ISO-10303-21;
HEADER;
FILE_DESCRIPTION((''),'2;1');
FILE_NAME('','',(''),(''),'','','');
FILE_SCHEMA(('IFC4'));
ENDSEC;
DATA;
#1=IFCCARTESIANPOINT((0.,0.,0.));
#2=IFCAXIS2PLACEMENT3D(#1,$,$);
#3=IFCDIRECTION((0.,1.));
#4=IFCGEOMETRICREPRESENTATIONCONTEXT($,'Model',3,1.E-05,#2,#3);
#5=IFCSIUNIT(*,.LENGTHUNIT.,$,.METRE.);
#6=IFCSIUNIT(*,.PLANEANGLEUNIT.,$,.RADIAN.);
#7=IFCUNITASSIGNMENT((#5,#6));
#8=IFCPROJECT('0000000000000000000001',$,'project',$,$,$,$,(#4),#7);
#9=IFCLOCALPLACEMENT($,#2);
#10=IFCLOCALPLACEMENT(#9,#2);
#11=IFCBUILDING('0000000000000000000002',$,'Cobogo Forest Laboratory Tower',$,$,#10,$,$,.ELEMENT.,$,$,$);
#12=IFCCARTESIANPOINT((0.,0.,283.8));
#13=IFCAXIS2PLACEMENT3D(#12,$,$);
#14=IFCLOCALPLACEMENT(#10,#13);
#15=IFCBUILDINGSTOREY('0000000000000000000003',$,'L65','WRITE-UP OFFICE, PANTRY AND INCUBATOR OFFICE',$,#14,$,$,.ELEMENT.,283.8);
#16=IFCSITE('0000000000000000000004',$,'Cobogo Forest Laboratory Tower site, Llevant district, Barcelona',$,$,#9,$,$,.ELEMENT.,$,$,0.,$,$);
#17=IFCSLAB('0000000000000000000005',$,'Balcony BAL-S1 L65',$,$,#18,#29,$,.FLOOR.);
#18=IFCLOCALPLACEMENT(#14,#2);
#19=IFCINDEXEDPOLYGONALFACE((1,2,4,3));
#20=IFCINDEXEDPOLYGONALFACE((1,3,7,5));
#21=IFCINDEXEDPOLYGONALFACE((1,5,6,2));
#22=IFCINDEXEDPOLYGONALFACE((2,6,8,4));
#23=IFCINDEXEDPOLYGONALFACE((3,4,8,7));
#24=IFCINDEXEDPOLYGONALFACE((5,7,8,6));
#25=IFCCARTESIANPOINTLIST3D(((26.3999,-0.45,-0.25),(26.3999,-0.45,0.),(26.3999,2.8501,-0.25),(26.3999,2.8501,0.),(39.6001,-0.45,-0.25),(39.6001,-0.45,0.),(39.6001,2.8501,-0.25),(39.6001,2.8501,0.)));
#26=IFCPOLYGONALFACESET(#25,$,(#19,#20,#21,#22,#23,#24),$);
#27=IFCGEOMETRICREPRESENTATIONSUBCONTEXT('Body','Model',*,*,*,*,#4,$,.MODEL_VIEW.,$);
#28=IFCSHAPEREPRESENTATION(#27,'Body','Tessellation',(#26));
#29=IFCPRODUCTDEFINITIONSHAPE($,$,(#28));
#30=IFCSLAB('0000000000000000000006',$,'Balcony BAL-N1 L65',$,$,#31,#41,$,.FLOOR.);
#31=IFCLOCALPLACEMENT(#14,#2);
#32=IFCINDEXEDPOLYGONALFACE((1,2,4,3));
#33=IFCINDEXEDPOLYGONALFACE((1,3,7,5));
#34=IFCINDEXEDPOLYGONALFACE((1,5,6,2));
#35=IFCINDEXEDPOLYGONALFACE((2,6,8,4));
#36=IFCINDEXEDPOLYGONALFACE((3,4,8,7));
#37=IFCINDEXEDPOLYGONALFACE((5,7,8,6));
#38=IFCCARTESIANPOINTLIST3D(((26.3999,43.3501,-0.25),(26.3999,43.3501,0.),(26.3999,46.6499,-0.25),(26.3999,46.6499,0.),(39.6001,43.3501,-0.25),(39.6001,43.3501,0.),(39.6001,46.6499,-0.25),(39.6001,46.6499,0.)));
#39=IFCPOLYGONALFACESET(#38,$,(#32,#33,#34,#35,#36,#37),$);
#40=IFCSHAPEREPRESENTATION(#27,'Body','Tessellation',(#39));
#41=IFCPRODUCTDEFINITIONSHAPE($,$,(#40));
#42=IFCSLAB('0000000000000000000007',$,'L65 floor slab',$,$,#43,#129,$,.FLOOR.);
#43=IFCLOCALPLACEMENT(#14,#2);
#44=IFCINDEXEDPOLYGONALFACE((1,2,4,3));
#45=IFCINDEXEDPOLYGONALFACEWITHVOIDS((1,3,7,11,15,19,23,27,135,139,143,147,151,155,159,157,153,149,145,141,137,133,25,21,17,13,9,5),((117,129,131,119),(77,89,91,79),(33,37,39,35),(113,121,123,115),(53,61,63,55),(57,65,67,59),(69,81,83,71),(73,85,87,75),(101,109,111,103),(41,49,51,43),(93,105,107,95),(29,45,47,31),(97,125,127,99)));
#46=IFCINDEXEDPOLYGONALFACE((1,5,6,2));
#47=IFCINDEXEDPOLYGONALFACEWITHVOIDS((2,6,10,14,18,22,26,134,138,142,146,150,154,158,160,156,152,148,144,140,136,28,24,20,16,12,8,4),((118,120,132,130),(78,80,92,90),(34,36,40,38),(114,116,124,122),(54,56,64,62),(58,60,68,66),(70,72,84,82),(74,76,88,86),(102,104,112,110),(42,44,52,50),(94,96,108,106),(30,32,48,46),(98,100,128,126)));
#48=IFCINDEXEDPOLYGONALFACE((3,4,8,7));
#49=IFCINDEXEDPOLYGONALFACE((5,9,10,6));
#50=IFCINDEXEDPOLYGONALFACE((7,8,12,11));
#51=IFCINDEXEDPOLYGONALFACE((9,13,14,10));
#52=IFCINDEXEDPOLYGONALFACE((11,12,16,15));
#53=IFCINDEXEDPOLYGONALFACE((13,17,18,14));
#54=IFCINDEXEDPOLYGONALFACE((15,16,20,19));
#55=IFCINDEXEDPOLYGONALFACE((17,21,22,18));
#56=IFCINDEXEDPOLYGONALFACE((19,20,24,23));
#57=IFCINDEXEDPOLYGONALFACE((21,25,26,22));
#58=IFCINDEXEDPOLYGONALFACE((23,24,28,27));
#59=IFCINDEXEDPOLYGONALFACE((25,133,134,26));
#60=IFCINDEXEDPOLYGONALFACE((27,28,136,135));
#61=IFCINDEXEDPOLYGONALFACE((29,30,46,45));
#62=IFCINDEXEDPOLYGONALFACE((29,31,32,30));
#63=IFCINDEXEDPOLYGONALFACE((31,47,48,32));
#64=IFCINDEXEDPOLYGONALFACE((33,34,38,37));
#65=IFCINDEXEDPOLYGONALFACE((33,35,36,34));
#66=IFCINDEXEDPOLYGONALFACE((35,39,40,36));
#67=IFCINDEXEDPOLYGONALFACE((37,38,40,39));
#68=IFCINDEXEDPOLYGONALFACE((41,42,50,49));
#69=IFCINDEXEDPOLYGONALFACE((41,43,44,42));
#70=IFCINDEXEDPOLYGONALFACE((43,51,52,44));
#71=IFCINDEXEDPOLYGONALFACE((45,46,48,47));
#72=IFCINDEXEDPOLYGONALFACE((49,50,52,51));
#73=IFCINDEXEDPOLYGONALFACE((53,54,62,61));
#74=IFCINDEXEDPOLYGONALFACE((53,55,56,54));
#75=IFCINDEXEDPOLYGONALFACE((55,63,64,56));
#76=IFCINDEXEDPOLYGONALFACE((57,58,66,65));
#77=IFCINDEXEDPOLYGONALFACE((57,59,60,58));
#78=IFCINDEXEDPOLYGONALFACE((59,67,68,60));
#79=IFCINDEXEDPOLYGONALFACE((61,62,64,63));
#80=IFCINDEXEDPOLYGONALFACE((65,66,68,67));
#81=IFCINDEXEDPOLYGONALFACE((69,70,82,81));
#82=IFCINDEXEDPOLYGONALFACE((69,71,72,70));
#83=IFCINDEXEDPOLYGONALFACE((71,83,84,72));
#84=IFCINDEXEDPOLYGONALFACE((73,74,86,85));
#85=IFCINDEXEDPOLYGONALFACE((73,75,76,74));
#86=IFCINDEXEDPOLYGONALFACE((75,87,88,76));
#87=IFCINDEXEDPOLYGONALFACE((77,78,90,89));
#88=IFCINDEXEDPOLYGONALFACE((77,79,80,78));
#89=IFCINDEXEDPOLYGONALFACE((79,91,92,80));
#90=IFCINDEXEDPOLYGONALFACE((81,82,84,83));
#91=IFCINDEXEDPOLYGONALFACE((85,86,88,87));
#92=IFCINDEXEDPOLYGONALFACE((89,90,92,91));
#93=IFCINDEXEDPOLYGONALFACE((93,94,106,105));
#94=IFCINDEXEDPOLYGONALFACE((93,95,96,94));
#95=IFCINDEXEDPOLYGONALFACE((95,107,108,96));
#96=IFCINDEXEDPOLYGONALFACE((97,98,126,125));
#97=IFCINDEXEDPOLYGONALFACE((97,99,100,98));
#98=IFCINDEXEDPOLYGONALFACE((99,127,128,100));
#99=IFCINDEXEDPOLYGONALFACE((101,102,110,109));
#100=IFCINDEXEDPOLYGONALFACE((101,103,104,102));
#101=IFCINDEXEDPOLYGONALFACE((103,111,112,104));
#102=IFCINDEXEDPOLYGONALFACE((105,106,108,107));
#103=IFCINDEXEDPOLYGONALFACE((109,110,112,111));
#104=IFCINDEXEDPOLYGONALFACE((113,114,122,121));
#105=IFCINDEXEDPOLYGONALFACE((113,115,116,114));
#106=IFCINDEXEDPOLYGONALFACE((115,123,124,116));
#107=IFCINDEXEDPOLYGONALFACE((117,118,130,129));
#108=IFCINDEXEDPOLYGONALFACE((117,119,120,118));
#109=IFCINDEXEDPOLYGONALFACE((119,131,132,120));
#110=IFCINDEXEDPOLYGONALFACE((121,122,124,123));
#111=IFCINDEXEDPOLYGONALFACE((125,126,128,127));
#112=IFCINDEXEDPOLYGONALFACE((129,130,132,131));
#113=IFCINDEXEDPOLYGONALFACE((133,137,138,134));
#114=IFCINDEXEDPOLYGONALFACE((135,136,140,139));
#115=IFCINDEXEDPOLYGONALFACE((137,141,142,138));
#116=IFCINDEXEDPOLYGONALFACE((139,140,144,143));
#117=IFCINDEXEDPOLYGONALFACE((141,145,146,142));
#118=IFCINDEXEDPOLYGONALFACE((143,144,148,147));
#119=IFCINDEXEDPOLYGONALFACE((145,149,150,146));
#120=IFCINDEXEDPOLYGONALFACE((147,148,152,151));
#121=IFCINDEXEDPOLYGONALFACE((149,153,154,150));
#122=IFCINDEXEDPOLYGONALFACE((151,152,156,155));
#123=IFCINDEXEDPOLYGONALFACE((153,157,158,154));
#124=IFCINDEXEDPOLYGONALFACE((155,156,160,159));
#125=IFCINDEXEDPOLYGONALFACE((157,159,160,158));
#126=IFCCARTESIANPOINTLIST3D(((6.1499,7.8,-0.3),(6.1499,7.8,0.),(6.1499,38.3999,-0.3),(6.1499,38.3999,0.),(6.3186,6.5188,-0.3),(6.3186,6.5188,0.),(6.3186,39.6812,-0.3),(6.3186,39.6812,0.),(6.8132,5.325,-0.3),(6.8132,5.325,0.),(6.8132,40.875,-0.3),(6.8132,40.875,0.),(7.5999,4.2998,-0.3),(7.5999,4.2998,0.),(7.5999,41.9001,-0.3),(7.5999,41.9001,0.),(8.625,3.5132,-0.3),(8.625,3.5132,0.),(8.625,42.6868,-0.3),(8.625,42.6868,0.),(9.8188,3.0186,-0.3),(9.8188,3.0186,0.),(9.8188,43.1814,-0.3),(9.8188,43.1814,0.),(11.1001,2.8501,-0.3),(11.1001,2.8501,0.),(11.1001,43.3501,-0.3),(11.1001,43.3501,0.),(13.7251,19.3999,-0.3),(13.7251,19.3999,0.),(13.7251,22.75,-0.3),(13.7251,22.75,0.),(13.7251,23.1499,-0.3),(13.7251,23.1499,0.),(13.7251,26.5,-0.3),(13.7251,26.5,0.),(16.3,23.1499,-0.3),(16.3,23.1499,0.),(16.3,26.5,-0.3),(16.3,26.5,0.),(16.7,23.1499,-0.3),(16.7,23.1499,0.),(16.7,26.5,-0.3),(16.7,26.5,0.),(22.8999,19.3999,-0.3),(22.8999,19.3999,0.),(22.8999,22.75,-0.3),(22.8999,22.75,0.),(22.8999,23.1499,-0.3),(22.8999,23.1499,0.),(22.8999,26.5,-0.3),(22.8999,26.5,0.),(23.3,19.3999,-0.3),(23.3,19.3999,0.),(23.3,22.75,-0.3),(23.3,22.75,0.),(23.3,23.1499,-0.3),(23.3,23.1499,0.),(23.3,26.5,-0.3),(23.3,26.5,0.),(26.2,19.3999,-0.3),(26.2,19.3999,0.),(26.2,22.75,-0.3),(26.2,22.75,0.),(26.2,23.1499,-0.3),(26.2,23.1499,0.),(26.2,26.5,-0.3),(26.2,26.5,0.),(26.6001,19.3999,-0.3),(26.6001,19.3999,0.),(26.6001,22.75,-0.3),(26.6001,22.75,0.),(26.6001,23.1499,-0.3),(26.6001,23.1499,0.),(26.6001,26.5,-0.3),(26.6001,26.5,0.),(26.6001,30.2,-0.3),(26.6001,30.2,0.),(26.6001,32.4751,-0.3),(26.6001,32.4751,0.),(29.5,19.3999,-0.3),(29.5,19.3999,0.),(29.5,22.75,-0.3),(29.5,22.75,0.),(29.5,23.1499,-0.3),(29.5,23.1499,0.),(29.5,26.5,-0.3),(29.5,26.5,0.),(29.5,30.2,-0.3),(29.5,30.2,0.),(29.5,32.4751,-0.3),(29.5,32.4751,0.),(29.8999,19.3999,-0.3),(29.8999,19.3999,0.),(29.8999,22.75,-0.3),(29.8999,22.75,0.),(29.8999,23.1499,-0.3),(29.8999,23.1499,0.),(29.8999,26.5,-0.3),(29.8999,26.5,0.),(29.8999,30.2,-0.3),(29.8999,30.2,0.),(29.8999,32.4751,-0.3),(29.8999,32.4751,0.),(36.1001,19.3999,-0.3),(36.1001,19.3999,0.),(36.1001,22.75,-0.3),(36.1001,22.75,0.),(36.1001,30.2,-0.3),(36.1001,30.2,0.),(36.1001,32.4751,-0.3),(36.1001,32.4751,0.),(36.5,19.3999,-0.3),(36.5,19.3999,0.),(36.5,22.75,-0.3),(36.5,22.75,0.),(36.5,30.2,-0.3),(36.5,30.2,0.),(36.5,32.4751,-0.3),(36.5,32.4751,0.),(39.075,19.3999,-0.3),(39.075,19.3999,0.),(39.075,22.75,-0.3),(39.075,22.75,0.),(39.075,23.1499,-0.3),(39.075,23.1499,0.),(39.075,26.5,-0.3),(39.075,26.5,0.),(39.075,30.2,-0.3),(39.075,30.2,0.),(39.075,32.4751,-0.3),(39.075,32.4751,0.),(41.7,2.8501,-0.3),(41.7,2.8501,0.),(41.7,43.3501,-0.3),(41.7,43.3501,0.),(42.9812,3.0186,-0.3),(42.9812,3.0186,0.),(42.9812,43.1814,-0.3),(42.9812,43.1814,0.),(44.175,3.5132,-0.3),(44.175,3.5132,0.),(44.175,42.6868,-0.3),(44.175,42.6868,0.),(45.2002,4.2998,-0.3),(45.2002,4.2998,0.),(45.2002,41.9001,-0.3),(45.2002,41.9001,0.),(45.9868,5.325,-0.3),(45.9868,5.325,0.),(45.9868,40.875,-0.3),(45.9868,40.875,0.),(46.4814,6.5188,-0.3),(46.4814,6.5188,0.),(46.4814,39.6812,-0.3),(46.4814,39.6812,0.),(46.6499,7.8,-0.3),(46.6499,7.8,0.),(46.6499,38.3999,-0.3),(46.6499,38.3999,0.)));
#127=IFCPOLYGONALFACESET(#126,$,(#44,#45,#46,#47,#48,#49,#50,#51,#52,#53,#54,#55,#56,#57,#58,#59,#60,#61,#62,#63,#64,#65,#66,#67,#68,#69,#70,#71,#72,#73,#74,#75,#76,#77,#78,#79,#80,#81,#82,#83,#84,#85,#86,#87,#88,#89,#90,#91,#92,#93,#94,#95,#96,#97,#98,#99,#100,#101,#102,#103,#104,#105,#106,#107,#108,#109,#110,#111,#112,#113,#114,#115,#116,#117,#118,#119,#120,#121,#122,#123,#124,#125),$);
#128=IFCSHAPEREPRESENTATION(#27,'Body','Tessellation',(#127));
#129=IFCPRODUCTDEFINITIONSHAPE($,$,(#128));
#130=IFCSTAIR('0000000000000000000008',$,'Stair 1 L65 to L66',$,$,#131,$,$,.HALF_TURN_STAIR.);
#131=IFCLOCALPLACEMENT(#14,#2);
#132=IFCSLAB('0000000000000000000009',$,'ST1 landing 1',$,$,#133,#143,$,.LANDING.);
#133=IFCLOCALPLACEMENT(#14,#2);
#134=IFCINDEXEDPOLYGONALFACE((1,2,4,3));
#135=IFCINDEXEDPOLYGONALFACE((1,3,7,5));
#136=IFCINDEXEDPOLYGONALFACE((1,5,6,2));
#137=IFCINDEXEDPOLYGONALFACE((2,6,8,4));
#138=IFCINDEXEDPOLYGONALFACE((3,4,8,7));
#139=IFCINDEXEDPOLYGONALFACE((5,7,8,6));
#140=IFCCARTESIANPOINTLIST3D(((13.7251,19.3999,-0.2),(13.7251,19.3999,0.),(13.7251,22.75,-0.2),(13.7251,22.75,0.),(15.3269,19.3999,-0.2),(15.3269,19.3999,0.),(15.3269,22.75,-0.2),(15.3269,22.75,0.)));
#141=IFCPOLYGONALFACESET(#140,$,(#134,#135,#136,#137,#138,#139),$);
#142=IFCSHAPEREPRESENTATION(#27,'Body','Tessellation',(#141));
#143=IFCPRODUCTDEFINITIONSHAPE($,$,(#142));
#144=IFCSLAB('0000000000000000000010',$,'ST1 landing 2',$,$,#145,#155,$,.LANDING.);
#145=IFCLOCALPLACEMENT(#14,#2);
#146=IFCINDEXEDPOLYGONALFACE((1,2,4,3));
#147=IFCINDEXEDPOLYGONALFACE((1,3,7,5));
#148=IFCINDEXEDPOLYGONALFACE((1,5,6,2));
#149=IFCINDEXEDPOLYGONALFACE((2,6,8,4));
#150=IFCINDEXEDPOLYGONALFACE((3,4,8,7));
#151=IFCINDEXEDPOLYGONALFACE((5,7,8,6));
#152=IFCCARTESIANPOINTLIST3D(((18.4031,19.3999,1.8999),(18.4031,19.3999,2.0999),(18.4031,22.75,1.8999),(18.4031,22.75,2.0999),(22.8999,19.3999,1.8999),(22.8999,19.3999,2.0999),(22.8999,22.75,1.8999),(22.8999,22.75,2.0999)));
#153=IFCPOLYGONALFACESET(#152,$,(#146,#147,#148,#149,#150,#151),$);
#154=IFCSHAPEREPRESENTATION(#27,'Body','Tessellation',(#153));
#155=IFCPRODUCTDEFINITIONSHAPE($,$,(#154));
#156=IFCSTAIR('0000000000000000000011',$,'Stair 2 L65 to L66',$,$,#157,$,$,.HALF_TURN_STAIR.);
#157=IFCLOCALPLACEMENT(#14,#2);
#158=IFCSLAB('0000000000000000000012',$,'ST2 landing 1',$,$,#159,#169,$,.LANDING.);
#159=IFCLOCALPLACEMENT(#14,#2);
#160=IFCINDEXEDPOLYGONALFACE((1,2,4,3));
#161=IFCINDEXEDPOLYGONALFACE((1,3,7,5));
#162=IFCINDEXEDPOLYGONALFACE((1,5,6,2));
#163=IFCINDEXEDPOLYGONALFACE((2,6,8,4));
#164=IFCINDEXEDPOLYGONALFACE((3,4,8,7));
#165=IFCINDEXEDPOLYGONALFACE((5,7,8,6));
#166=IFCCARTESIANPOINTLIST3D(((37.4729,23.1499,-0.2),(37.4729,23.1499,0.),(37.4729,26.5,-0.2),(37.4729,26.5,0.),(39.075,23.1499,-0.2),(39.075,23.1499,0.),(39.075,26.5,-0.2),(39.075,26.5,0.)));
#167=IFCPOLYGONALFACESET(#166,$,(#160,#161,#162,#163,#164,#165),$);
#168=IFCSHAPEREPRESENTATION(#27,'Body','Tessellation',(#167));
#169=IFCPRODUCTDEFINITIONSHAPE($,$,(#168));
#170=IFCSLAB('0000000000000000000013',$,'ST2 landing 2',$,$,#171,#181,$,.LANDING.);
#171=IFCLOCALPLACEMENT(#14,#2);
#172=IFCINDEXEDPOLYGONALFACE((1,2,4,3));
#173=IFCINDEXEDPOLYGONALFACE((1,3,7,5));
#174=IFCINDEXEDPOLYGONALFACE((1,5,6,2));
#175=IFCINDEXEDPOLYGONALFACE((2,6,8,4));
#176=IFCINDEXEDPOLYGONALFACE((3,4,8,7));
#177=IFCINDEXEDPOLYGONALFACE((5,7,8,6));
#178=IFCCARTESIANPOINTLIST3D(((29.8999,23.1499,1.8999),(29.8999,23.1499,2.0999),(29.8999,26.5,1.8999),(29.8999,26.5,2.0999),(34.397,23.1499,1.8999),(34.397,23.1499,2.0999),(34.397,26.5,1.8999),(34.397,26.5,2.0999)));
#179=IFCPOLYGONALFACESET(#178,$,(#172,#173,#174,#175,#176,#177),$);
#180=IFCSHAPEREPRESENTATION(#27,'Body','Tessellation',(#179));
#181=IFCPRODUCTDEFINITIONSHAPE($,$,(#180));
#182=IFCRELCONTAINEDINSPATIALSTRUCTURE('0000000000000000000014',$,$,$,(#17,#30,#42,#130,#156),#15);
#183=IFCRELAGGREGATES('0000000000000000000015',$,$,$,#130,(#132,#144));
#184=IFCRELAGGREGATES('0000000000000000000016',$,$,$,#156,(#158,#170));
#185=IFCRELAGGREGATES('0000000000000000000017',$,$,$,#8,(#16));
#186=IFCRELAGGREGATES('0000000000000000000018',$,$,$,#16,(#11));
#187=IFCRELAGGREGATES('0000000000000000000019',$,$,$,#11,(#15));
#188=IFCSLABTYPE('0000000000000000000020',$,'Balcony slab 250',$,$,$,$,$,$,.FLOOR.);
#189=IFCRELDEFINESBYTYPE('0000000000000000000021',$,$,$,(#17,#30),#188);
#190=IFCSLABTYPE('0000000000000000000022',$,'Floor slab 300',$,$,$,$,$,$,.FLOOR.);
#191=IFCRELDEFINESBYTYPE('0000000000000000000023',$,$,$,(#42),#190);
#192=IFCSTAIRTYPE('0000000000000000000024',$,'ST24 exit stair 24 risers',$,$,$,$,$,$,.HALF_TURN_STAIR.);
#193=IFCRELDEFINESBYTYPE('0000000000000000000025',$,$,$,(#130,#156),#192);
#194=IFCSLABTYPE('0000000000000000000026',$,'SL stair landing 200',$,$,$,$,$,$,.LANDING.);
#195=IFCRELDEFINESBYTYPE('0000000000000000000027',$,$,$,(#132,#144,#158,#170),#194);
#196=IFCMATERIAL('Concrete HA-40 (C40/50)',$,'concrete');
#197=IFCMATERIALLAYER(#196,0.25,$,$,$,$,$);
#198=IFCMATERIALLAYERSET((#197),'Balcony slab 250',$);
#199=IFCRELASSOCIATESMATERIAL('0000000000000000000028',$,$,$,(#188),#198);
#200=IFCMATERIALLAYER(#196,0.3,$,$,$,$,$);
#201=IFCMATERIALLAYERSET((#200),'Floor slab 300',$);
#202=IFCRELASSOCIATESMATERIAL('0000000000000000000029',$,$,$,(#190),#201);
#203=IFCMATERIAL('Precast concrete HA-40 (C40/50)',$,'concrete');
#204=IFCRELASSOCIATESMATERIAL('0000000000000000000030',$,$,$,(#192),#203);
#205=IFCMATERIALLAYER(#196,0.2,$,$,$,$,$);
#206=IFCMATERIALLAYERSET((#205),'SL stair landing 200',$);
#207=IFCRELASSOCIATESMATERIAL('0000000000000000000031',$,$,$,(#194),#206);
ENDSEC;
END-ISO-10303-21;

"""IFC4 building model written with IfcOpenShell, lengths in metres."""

from ifc_helpers import new_model, si_unit, direction, frame, origin, place, context, subcontext, project, spatial, polyline, outline, extrude, material, layer, layer_set, type_object, element, aggregate, save


model = new_model("IFC4")

# Units and contexts
model_context = context("Model", 3, precision=1e-05, world=origin(), true_north=direction((0.0, 1.0)))
body_context = subcontext(model_context, "Body", "Model", "MODEL_VIEW")
ifc_project = project(units=[si_unit("LENGTHUNIT", "METRE"), si_unit("PLANEANGLEUNIT", "RADIAN")], contexts=[model_context])

# Site, building, storey
site_placement = place(None, origin())
site = spatial("IfcSite", under=ifc_project, at=site_placement, Name="Cobogo Forest Laboratory Tower site, Llevant district, Barcelona", CompositionType="ELEMENT", RefElevation=0.0)
building_placement = place(site_placement, origin())
building = spatial("IfcBuilding", under=site, at=building_placement, Name="Cobogo Forest Laboratory Tower", CompositionType="ELEMENT")
storey_placement = place(building_placement, frame((0.0, 0.0, 283.8)))
storey = spatial("IfcBuildingStorey", under=building, at=storey_placement, Name="L65", Description="WRITE-UP OFFICE, PANTRY AND INCUBATOR OFFICE", CompositionType="ELEMENT", Elevation=283.8)

# Slabs
ifc_material_1 = material(Name="Concrete HA-40 (C40/50)", Category="concrete")
ifc_layer_1 = layer(ifc_material_1, 0.25)
ifc_layer_set_1 = layer_set([ifc_layer_1], Name="Balcony slab 250")
slab_type_1 = type_object("IfcSlabType", Name="Balcony slab 250", PredefinedType="FLOOR", material=ifc_layer_set_1)
slab_1_placement = place(storey_placement, frame((0.0, 0.0, -0.25)))
element("IfcSlab", 1, at=slab_1_placement, inside=storey, type_object=slab_type_1, Name="Balcony BAL-S1 L65", PredefinedType="FLOOR", context=body_context, shape_type="SweptSolid", body=[
    extrude(outline(polyline([(26.3999, -0.45), (39.6001, -0.45), (39.6001, 2.8501), (26.3999, 2.8501), (26.3999, -0.45)])), origin(), (0.0, 0.0, 1.0), 0.25),
])
slab_2_placement = place(storey_placement, frame((0.0, 0.0, -0.25)))
element("IfcSlab", 2, at=slab_2_placement, inside=storey, type_object=slab_type_1, Name="Balcony BAL-N1 L65", PredefinedType="FLOOR", context=body_context, shape_type="SweptSolid", body=[
    extrude(outline(polyline([(26.3999, 43.3501), (39.6001, 43.3501), (39.6001, 46.6499), (26.3999, 46.6499), (26.3999, 43.3501)])), origin(), (0.0, 0.0, 1.0), 0.25),
])
ifc_layer_2 = layer(ifc_material_1, 0.3)
ifc_layer_set_2 = layer_set([ifc_layer_2], Name="Floor slab 300")
slab_type_2 = type_object("IfcSlabType", Name="Floor slab 300", PredefinedType="FLOOR", material=ifc_layer_set_2)
slab_3_placement = place(storey_placement, frame((0.0, 0.0, -0.3)))
element("IfcSlab", 3, at=slab_3_placement, inside=storey, type_object=slab_type_2, Name="L65 floor slab", PredefinedType="FLOOR", context=body_context, shape_type="SweptSolid", body=[
    extrude(outline(polyline([(41.7, 2.8501), (42.9812, 3.0186), (44.175, 3.5132), (45.2002, 4.2998), (45.9868, 5.325), (46.4814, 6.5188), (46.6499, 7.8), (46.6499, 38.3999), (46.4814, 39.6812), (45.9868, 40.875), (45.2002, 41.9001), (44.175, 42.6868), (42.9812, 43.1814), (41.7, 43.3501), (11.1001, 43.3501), (9.8188, 43.1814), (8.625, 42.6868), (7.5999, 41.9001), (6.8132, 40.875), (6.3186, 39.6812), (6.1499, 38.3999), (6.1499, 7.8), (6.3186, 6.5188), (6.8132, 5.325), (7.5999, 4.2998), (8.625, 3.5132), (9.8188, 3.0186), (11.1001, 2.8501), (41.7, 2.8501)]), holes=[polyline([(22.8999, 19.3999), (13.7251, 19.3999), (13.7251, 22.75), (22.8999, 22.75), (22.8999, 19.3999)]), polyline([(26.2, 19.3999), (23.3, 19.3999), (23.3, 22.75), (26.2, 22.75), (26.2, 19.3999)]), polyline([(29.5, 19.3999), (26.6001, 19.3999), (26.6001, 22.75), (29.5, 22.75), (29.5, 19.3999)]), polyline([(36.1001, 22.75), (36.1001, 19.3999), (29.8999, 19.3999), (29.8999, 22.75), (36.1001, 22.75)]), polyline([(39.075, 19.3999), (36.5, 19.3999), (36.5, 22.75), (39.075, 22.75), (39.075, 19.3999)]), polyline([(16.3, 23.1499), (13.7251, 23.1499), (13.7251, 26.5), (16.3, 26.5), (16.3, 23.1499)]), polyline([(22.8999, 26.5), (22.8999, 23.1499), (16.7, 23.1499), (16.7, 26.5), (22.8999, 26.5)]), polyline([(26.2, 23.1499), (23.3, 23.1499), (23.3, 26.5), (26.2, 26.5), (26.2, 23.1499)]), polyline([(29.5, 23.1499), (26.6001, 23.1499), (26.6001, 26.5), (29.5, 26.5), (29.5, 23.1499)]), polyline([(39.075, 23.1499), (29.8999, 23.1499), (29.8999, 26.5), (39.075, 26.5), (39.075, 23.1499)]), polyline([(29.5, 30.2), (26.6001, 30.2), (26.6001, 32.4751), (29.5, 32.4751), (29.5, 30.2)]), polyline([(36.1001, 32.4751), (36.1001, 30.2), (29.8999, 30.2), (29.8999, 32.4751), (36.1001, 32.4751)]), polyline([(39.075, 30.2), (36.5, 30.2), (36.5, 32.4751), (39.075, 32.4751), (39.075, 30.2)])]), origin(), (0.0, 0.0, 1.0), 0.3),
])

# Stairs, slabs
ifc_material_2 = material(Name="Precast concrete HA-40 (C40/50)", Category="concrete")
stair_type = type_object("IfcStairType", Name="ST24 exit stair 24 risers", PredefinedType="HALF_TURN_STAIR", material=ifc_material_2)
stair_1_placement = place(storey_placement, origin())
stair_1 = element("IfcStair", 4, at=stair_1_placement, inside=storey, type_object=stair_type, Name="Stair 1 L65 to L66", PredefinedType="HALF_TURN_STAIR")
ifc_layer_3 = layer(ifc_material_1, 0.2)
ifc_layer_set_3 = layer_set([ifc_layer_3], Name="SL stair landing 200")
slab_type_3 = type_object("IfcSlabType", Name="SL stair landing 200", PredefinedType="LANDING", material=ifc_layer_set_3)
slab_4_placement = place(storey_placement, frame((0.0, 0.0, -0.2)))
slab_4 = element("IfcSlab", 5, at=slab_4_placement, type_object=slab_type_3, Name="ST1 landing 1", PredefinedType="LANDING", context=body_context, shape_type="SweptSolid", body=[
    extrude(outline(polyline([(13.7251, 19.3999), (15.3269, 19.3999), (15.3269, 22.75), (13.7251, 22.75), (13.7251, 19.3999)])), origin(), (0.0, 0.0, 1.0), 0.2),
])
slab_5_placement = place(storey_placement, frame((0.0, 0.0, 1.8999)))
slab_5 = element("IfcSlab", 6, at=slab_5_placement, type_object=slab_type_3, Name="ST1 landing 2", PredefinedType="LANDING", context=body_context, shape_type="SweptSolid", body=[
    extrude(outline(polyline([(18.4031, 19.3999), (22.8999, 19.3999), (22.8999, 22.75), (18.4031, 22.75), (18.4031, 19.3999)])), origin(), (0.0, 0.0, 1.0), 0.2),
])
aggregate(stair_1, [slab_4, slab_5])
stair_2_placement = place(storey_placement, origin())
stair_2 = element("IfcStair", 7, at=stair_2_placement, inside=storey, type_object=stair_type, Name="Stair 2 L65 to L66", PredefinedType="HALF_TURN_STAIR")
slab_6_placement = place(storey_placement, frame((0.0, 0.0, -0.2)))
slab_6 = element("IfcSlab", 8, at=slab_6_placement, type_object=slab_type_3, Name="ST2 landing 1", PredefinedType="LANDING", context=body_context, shape_type="SweptSolid", body=[
    extrude(outline(polyline([(37.4729, 23.1499), (39.075, 23.1499), (39.075, 26.5), (37.4729, 26.5), (37.4729, 23.1499)])), origin(), (0.0, 0.0, 1.0), 0.2),
])
slab_7_placement = place(storey_placement, frame((0.0, 0.0, 1.8999)))
slab_7 = element("IfcSlab", 9, at=slab_7_placement, type_object=slab_type_3, Name="ST2 landing 2", PredefinedType="LANDING", context=body_context, shape_type="SweptSolid", body=[
    extrude(outline(polyline([(29.8999, 23.1499), (34.397, 23.1499), (34.397, 26.5), (29.8999, 26.5), (29.8999, 23.1499)])), origin(), (0.0, 0.0, 1.0), 0.2),
])
aggregate(stair_2, [slab_6, slab_7])

save(model, "model.ifc")
